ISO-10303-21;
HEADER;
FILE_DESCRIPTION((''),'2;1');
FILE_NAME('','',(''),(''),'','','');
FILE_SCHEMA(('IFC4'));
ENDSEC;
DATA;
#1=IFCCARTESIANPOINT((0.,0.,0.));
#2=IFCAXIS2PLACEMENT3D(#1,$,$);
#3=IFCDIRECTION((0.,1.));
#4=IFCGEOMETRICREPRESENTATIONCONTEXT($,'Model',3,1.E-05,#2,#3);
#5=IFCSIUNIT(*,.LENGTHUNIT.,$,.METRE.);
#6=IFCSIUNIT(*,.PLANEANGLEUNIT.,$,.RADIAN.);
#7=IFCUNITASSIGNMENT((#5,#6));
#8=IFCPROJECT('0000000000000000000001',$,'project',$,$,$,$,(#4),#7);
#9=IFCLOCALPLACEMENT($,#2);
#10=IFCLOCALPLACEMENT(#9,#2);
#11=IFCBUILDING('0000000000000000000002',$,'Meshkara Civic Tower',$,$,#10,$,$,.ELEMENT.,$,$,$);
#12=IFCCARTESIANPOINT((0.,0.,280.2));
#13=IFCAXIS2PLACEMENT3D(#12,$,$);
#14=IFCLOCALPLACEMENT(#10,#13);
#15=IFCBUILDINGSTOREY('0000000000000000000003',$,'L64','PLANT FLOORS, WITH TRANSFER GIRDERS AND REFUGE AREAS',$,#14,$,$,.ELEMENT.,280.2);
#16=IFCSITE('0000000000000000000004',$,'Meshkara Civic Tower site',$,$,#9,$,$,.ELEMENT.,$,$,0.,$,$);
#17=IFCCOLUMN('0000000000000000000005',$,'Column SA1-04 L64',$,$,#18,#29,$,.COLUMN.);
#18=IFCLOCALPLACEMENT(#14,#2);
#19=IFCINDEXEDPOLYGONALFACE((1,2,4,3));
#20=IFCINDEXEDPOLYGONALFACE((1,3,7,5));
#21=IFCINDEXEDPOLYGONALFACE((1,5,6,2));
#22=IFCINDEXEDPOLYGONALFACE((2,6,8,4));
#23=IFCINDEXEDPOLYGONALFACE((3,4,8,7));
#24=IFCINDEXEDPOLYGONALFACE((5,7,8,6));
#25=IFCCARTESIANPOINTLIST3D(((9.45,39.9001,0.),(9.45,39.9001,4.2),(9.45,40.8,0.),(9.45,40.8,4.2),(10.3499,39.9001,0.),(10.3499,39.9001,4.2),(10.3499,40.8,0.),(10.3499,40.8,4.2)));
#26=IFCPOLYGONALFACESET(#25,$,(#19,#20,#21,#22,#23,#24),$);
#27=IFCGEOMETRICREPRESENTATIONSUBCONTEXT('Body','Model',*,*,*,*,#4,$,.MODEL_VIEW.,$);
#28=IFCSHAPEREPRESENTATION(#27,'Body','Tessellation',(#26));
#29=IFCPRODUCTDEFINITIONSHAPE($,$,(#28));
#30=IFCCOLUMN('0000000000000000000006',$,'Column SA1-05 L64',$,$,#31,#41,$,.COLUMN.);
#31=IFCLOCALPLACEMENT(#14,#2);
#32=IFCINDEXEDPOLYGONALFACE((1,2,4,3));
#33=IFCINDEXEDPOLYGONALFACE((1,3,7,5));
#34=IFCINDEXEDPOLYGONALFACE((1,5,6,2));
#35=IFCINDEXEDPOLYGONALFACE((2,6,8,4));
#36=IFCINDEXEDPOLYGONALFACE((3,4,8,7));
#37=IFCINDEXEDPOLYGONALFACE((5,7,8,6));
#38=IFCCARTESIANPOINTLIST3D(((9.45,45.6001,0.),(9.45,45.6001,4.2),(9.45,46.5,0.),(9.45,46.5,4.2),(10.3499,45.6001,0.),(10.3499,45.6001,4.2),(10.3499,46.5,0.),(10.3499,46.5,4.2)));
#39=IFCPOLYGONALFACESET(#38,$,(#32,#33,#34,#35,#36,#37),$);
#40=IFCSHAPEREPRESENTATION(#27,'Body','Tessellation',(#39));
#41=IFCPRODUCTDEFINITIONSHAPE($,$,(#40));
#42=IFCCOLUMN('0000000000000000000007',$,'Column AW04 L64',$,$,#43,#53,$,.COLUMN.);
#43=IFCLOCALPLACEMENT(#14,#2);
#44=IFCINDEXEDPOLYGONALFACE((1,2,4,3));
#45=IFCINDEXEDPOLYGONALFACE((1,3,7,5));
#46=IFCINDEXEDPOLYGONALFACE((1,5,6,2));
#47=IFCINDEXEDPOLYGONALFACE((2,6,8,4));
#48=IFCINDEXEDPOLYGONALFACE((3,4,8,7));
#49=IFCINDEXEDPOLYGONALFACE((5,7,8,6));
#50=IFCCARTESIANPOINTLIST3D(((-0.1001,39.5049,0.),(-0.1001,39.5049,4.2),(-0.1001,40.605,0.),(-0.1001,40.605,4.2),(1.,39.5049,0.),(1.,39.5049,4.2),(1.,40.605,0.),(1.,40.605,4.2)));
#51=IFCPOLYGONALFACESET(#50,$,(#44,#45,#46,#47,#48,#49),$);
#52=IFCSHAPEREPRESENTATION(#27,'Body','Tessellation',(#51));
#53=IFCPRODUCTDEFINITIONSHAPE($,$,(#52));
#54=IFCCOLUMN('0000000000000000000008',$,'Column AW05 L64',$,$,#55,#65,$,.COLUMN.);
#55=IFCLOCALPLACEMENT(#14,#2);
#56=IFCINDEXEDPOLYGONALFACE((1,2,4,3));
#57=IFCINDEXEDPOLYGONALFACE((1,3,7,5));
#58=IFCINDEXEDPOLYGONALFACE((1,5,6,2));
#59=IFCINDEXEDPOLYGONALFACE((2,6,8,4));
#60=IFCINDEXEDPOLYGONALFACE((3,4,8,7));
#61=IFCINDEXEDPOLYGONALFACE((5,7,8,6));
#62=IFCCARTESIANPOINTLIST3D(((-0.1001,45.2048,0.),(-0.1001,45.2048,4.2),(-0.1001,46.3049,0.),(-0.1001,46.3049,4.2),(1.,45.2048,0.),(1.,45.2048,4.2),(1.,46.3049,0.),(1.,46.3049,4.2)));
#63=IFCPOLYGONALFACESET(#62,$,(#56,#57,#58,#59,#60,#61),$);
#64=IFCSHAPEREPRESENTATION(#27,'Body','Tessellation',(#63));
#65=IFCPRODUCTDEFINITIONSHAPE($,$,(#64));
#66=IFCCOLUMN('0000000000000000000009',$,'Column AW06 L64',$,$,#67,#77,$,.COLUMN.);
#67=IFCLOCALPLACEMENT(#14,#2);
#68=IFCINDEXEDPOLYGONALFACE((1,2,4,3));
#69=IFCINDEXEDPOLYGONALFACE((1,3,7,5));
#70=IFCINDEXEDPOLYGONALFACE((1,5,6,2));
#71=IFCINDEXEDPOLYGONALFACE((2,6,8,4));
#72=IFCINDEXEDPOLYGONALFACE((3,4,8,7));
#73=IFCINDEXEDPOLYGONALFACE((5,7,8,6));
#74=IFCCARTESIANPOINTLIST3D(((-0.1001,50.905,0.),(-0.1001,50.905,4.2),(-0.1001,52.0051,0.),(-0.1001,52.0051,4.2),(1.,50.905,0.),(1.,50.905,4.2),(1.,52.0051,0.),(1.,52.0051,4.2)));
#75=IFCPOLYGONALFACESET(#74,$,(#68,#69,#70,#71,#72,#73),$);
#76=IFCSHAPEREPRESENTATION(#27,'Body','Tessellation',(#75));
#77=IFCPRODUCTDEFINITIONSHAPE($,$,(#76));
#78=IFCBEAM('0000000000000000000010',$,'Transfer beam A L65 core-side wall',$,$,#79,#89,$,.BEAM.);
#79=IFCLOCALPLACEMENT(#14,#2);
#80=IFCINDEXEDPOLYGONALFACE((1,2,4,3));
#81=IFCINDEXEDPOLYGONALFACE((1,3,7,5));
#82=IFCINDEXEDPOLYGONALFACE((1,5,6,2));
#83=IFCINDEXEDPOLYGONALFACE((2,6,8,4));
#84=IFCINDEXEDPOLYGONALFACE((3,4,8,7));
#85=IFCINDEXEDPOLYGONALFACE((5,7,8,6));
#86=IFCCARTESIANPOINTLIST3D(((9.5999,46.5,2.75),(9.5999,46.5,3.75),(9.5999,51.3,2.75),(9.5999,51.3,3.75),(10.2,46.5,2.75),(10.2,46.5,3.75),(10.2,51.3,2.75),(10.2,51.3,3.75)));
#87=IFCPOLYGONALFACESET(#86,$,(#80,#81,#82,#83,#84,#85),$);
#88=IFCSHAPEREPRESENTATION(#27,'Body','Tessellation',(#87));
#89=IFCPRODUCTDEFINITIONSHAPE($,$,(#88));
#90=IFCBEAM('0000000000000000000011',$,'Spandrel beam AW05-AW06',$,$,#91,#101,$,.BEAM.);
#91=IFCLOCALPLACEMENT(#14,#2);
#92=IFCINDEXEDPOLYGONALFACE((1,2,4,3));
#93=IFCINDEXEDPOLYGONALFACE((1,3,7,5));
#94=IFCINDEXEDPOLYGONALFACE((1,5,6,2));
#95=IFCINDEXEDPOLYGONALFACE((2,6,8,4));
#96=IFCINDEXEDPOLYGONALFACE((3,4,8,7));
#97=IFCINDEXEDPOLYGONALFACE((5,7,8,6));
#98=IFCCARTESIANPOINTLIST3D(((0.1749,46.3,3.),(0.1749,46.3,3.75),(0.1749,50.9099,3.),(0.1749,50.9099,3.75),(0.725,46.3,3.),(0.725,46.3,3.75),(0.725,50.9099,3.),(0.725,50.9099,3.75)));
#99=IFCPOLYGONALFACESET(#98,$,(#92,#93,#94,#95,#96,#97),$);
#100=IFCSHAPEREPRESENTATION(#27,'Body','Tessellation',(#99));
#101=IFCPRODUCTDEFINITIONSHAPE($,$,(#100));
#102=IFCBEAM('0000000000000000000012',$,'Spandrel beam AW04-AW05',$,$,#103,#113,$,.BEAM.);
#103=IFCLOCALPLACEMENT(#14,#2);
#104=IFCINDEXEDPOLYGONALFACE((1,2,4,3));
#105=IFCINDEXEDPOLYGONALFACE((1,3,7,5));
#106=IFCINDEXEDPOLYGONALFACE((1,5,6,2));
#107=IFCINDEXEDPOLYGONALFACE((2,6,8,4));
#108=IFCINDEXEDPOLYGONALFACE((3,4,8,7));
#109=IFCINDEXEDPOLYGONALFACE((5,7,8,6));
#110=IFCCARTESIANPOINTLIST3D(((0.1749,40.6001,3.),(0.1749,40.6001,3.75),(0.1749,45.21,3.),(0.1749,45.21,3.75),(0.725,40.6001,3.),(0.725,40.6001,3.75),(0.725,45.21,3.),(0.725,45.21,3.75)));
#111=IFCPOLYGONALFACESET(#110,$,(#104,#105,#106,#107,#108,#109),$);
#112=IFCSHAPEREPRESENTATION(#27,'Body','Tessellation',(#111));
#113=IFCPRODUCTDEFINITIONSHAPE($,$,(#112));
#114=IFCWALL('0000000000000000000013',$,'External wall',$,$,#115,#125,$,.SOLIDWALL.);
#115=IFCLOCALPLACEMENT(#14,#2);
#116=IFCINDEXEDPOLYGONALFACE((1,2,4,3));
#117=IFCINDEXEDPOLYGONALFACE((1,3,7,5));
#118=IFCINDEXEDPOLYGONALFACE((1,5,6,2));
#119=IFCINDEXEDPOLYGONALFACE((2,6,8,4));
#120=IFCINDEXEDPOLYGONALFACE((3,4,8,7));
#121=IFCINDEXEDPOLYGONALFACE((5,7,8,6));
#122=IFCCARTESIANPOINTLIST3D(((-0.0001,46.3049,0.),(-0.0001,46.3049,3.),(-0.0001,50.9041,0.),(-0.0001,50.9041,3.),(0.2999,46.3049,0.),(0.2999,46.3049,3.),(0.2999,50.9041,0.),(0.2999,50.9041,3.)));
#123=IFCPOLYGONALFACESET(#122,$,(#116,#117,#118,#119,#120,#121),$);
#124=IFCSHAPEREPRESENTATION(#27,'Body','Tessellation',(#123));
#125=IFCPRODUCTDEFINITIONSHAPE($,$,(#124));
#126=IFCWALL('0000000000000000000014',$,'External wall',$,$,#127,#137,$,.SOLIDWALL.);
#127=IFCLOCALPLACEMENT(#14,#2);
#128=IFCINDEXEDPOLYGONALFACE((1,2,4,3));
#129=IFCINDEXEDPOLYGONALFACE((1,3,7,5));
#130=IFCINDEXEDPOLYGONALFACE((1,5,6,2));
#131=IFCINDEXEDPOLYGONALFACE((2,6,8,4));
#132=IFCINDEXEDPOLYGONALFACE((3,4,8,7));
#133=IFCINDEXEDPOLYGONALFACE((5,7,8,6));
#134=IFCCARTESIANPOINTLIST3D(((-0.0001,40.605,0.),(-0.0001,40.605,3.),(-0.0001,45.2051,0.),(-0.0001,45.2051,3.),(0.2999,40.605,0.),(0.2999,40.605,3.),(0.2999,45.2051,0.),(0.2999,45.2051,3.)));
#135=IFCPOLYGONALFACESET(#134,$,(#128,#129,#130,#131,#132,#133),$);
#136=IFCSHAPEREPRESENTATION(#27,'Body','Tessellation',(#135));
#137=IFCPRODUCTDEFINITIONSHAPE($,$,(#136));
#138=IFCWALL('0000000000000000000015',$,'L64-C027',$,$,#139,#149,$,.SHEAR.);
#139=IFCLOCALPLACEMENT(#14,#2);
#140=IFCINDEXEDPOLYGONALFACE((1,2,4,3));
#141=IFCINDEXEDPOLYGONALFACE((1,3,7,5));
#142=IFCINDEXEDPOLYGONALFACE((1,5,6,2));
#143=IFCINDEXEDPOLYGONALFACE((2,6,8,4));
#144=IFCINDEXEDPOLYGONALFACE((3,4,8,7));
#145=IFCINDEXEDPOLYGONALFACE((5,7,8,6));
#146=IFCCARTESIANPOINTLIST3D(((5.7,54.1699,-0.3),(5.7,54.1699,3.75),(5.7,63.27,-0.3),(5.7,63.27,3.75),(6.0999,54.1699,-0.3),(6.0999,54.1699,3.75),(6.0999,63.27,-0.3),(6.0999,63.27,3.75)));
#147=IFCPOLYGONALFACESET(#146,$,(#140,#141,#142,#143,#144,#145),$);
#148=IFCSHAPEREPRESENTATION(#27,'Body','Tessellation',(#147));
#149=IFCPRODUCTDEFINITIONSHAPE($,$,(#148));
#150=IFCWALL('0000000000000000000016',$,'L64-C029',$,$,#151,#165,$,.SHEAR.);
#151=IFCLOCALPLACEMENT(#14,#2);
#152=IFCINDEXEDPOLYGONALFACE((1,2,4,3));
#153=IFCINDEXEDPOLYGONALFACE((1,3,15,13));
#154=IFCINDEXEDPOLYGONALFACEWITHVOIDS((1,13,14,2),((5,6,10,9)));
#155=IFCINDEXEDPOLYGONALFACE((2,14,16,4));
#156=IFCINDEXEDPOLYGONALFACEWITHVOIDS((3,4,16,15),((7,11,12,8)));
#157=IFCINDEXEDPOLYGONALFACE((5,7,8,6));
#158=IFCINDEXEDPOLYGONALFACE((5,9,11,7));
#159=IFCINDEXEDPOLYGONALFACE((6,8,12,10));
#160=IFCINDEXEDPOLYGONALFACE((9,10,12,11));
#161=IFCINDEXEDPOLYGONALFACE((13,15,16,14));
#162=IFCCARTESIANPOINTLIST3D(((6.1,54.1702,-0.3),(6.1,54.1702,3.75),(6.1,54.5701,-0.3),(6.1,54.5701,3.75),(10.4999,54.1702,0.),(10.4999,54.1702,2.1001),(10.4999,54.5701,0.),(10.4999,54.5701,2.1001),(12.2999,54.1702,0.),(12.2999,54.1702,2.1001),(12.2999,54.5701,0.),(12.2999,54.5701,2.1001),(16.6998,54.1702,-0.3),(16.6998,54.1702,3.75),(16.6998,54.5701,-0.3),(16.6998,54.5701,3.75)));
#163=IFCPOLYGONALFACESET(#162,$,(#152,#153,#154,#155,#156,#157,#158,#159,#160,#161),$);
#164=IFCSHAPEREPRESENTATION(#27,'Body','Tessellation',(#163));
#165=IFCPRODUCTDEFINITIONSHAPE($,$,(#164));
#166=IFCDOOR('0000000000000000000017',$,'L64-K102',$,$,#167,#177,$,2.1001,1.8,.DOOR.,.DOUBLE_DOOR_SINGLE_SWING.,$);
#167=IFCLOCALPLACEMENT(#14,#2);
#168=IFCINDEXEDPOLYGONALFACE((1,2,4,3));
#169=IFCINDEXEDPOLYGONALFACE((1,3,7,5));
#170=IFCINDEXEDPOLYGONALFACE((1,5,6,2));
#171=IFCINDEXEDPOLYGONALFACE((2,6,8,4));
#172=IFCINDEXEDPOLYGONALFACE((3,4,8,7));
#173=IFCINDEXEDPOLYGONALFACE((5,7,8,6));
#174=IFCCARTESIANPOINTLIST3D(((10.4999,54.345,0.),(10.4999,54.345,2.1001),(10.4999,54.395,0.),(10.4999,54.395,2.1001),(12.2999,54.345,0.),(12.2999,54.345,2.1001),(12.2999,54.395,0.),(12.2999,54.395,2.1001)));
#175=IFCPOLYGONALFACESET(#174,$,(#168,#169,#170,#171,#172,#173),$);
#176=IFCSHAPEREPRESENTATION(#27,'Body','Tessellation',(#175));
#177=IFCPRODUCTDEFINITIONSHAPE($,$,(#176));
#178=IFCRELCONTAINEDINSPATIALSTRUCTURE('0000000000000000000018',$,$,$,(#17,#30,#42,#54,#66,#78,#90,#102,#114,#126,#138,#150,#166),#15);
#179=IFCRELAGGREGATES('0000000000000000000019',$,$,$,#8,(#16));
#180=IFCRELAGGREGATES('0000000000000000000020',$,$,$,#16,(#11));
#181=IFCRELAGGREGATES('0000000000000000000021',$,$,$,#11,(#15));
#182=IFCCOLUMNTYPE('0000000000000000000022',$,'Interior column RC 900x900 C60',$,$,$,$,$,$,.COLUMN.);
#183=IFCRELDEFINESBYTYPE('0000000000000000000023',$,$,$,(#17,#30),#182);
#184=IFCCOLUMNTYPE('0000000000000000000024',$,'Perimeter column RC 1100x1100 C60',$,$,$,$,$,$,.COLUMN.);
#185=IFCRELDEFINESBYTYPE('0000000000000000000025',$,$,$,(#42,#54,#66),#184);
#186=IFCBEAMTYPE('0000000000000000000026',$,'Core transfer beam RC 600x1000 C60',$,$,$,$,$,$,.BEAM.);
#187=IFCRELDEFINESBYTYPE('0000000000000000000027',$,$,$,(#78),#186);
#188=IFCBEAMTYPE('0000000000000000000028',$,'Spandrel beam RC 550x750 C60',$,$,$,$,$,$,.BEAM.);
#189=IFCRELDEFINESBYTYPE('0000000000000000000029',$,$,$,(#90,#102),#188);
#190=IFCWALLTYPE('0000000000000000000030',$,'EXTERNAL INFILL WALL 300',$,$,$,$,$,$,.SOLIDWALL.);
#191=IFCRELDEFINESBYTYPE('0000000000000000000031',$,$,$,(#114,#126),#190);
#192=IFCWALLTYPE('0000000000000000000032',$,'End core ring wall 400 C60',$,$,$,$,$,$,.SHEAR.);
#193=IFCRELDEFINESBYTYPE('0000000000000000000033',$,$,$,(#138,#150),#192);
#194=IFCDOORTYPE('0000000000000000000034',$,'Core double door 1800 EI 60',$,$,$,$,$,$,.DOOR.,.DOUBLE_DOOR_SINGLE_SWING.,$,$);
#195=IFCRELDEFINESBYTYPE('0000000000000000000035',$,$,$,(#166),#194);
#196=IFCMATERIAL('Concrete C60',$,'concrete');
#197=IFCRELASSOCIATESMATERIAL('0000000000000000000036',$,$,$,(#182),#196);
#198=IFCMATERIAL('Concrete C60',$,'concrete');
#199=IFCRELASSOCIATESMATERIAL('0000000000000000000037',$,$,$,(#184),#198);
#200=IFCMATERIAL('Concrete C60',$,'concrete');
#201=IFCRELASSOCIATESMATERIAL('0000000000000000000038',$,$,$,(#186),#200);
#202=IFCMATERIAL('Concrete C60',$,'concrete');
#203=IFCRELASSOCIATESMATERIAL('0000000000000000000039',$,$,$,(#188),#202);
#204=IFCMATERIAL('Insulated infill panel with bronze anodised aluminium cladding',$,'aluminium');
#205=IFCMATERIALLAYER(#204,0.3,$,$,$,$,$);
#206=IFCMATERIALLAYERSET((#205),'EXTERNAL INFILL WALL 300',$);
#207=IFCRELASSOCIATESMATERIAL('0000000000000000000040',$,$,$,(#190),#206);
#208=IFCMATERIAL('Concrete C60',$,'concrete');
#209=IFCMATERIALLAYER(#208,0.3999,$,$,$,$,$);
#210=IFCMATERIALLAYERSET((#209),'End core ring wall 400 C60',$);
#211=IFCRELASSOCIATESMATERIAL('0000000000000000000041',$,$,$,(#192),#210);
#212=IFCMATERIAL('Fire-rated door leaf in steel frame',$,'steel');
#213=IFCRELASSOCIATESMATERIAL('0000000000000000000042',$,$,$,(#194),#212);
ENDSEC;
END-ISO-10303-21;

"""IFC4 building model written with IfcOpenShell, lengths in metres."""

from ifc_helpers import new_model, si_unit, direction, frame, frame_2d, origin, origin_2d, place, context, subcontext, project, spatial, rectangle, extrude, material, layer, layer_set, material_profile, profile_set, type_object, element, fill, save


model = new_model("IFC4")

# Units and contexts
model_context = context("Model", 3, precision=1e-05, world=origin(), true_north=direction((0.0, 1.0)))
body_context = subcontext(model_context, "Body", "Model", "MODEL_VIEW")
ifc_project = project(units=[si_unit("LENGTHUNIT", "METRE"), si_unit("PLANEANGLEUNIT", "RADIAN")], contexts=[model_context])

# Site, building, storey
site_placement = place(None, origin())
site = spatial("IfcSite", under=ifc_project, at=site_placement, Name="Meshkara Civic Tower site", CompositionType="ELEMENT", RefElevation=0.0)
building_placement = place(site_placement, origin())
building = spatial("IfcBuilding", under=site, at=building_placement, Name="Meshkara Civic Tower", CompositionType="ELEMENT")
storey_placement = place(building_placement, frame((0.0, 0.0, 280.2)))
storey = spatial("IfcBuildingStorey", under=building, at=storey_placement, Name="L64", Description="PLANT FLOORS, WITH TRANSFER GIRDERS AND REFUGE AREAS", CompositionType="ELEMENT", Elevation=280.2)

# Columns
ifc_material_1 = material(Name="Concrete C60", Category="concrete")
ifc_material_profile_1 = material_profile(ifc_material_1, rectangle(XDim=0.8999, YDim=0.8999, at=origin_2d()))
ifc_profile_set_1 = profile_set([ifc_material_profile_1], Name="Concrete C60")
column_type_1 = type_object("IfcColumnType", Name="Interior column RC 900x900 C60", PredefinedType="COLUMN", material=ifc_profile_set_1)
for number, where, z_axis, x_axis, name in (
    (1, (9.8999, 40.3501, 0.0), (0.0, 0.0, 1.0), (1.0, 0.0, 0.0), "Column SA1-04 L64"),
    (2, (9.8999, 46.05, 0.0), (0.0, 0.0, 1.0), (1.0, 0.0, 0.0), "Column SA1-05 L64"),
):
    element("IfcColumn", number, at=place(storey_placement, frame(where, z_axis=z_axis, x_axis=x_axis)), inside=storey, type_object=column_type_1, Name=name, PredefinedType="COLUMN", context=body_context, shape_type="SweptSolid", body=[
        extrude(rectangle(XDim=0.8999, YDim=0.8999, at=origin_2d()), origin(), (0.0, 0.0, 1.0), 4.2),
    ])
ifc_material_2 = material(Name="Concrete C60", Category="concrete")
ifc_material_profile_2 = material_profile(ifc_material_2, rectangle(XDim=1.1001, YDim=1.1001, at=origin_2d()))
ifc_profile_set_2 = profile_set([ifc_material_profile_2], Name="Concrete C60")
column_type_2 = type_object("IfcColumnType", Name="Perimeter column RC 1100x1100 C60", PredefinedType="COLUMN", material=ifc_profile_set_2)
for number, where, z_axis, x_axis, name in (
    (3, (0.45, 40.0549, 0.0), (0.0, 0.0, 1.0), (1.0, 0.0, 0.0), "Column AW04 L64"),
    (4, (0.45, 45.7549, 0.0), (0.0, 0.0, 1.0), (1.0, 0.0, 0.0), "Column AW05 L64"),
    (5, (0.45, 51.4551, 0.0), (0.0, 0.0, 1.0), (1.0, 0.0, 0.0), "Column AW06 L64"),
):
    element("IfcColumn", number, at=place(storey_placement, frame(where, z_axis=z_axis, x_axis=x_axis)), inside=storey, type_object=column_type_2, Name=name, PredefinedType="COLUMN", context=body_context, shape_type="SweptSolid", body=[
        extrude(rectangle(XDim=1.1001, YDim=1.1001, at=origin_2d()), origin(), (0.0, 0.0, 1.0), 4.2),
    ])

# Beams
ifc_material_3 = material(Name="Concrete C60", Category="concrete")
ifc_material_profile_3 = material_profile(ifc_material_3, rectangle(XDim=0.6001, YDim=1.0, at=origin_2d()))
ifc_profile_set_3 = profile_set([ifc_material_profile_3], Name="Concrete C60")
beam_type_1 = type_object("IfcBeamType", Name="Core transfer beam RC 600x1000 C60", PredefinedType="BEAM", material=ifc_profile_set_3)
beam_placement = place(storey_placement, frame((9.8999, 46.5, 3.25), z_axis=(0.0, 1.0, 0.0), x_axis=(-1.0, 0.0, 0.0)))
element("IfcBeam", 6, at=beam_placement, inside=storey, type_object=beam_type_1, Name="Transfer beam A L65 core-side wall", PredefinedType="BEAM", context=body_context, shape_type="SweptSolid", body=[
    extrude(rectangle(XDim=0.6001, YDim=1.0, at=origin_2d()), origin(), (0.0, 0.0, 1.0), 4.8),
])
ifc_material_4 = material(Name="Concrete C60", Category="concrete")
ifc_material_profile_4 = material_profile(ifc_material_4, rectangle(XDim=0.55, YDim=0.75, at=origin_2d()))
ifc_profile_set_4 = profile_set([ifc_material_profile_4], Name="Concrete C60")
beam_type_2 = type_object("IfcBeamType", Name="Spandrel beam RC 550x750 C60", PredefinedType="BEAM", material=ifc_profile_set_4)
for number, where, z_axis, x_axis, name in (
    (7, (0.45, 50.9099, 3.375), (0.0, -1.0, 0.0), (1.0, 0.0, 0.0), "Spandrel beam AW05-AW06"),
    (8, (0.45, 45.21, 3.375), (0.0, -1.0, 0.0), (1.0, 0.0, 0.0), "Spandrel beam AW04-AW05"),
):
    element("IfcBeam", number, at=place(storey_placement, frame(where, z_axis=z_axis, x_axis=x_axis)), inside=storey, type_object=beam_type_2, Name=name, PredefinedType="BEAM", context=body_context, shape_type="SweptSolid", body=[
        extrude(rectangle(XDim=0.55, YDim=0.75, at=origin_2d()), origin(), (0.0, 0.0, 1.0), 4.6099),
    ])

# Walls
ifc_material_5 = material(Name="Insulated infill panel with bronze anodised aluminium cladding", Category="aluminium")
ifc_layer_1 = layer(ifc_material_5, 0.3)
ifc_layer_set_1 = layer_set([ifc_layer_1], Name="EXTERNAL INFILL WALL 300")
wall_type_1 = type_object("IfcWallType", Name="EXTERNAL INFILL WALL 300", PredefinedType="SOLIDWALL", material=ifc_layer_set_1)
wall_1_placement = place(storey_placement, frame((0.1499, 50.9041, 0.0), z_axis=(0.0, 0.0, 1.0), x_axis=(0.0, -1.0, 0.0)))
element("IfcWall", 9, at=wall_1_placement, inside=storey, type_object=wall_type_1, Name="External wall", PredefinedType="SOLIDWALL", context=body_context, shape_type="SweptSolid", body=[
    extrude(rectangle(XDim=4.5991, YDim=0.3, at=frame_2d((2.2996, 0.0))), origin(), (0.0, 0.0, 1.0), 3.0),
])
wall_2_placement = place(storey_placement, frame((0.1499, 45.2051, 0.0), z_axis=(0.0, 0.0, 1.0), x_axis=(0.0, -1.0, 0.0)))
element("IfcWall", 10, at=wall_2_placement, inside=storey, type_object=wall_type_1, Name="External wall", PredefinedType="SOLIDWALL", context=body_context, shape_type="SweptSolid", body=[
    extrude(rectangle(XDim=4.6001, YDim=0.3, at=frame_2d((2.3, 0.0))), origin(), (0.0, 0.0, 1.0), 3.0),
])
ifc_material_6 = material(Name="Concrete C60", Category="concrete")
ifc_layer_2 = layer(ifc_material_6, 0.3999)
ifc_layer_set_2 = layer_set([ifc_layer_2], Name="End core ring wall 400 C60")
wall_type_2 = type_object("IfcWallType", Name="End core ring wall 400 C60", PredefinedType="SHEAR", material=ifc_layer_set_2)
wall_3_placement = place(storey_placement, frame((5.8999, 54.1699, -0.3), z_axis=(0.0, 0.0, 1.0), x_axis=(0.0, 1.0, 0.0)))
element("IfcWall", 11, at=wall_3_placement, inside=storey, type_object=wall_type_2, Name="L64-C027", PredefinedType="SHEAR", context=body_context, shape_type="SweptSolid", body=[
    extrude(rectangle(XDim=9.1001, YDim=0.3999, at=frame_2d((4.55, 0.0))), origin(), (0.0, 0.0, 1.0), 4.05),
])

# Wall, opening, door
wall_4_placement = place(storey_placement, frame((6.1001, 54.3701, -0.3), z_axis=(0.0, 0.0, 1.0), x_axis=(1.0, 0.0, 0.0)))
wall_4 = element("IfcWall", 12, at=wall_4_placement, inside=storey, type_object=wall_type_2, Name="L64-C029", PredefinedType="SHEAR", context=body_context, shape_type="SweptSolid", body=[
    extrude(rectangle(XDim=10.5999, YDim=0.3999, at=frame_2d((5.2998, 0.0))), origin(), (0.0, 0.0, 1.0), 4.05),
])
opening_1_placement = place(wall_4_placement, frame((4.3999, 0.0, 0.3)))
opening_1 = element("IfcOpeningElement", 13, at=opening_1_placement, cuts=wall_4, PredefinedType="OPENING", context=body_context, shape_type="SweptSolid", body=[
    extrude(rectangle(XDim=1.8, YDim=2.1001, at=frame_2d((0.8999, 1.05))), frame((0.0, 0.21, 0.0), z_axis=(0.0, -1.0, 0.0), x_axis=(1.0, 0.0, 0.0)), (0.0, 0.0, 1.0), 0.4199),
])
ifc_material_7 = material(Name="Fire-rated door leaf in steel frame", Category="steel")
door_type_1 = type_object("IfcDoorType", Name="Core double door 1800 EI 60", OperationType="DOUBLE_DOOR_SINGLE_SWING", PredefinedType="DOOR", material=ifc_material_7)
door_1_placement = place(opening_1_placement, origin())
door_1 = element("IfcDoor", 14, at=door_1_placement, inside=storey, type_object=door_type_1, Name="L64-K102", OperationType="DOUBLE_DOOR_SINGLE_SWING", OverallHeight=2.1001, OverallWidth=1.8, PredefinedType="DOOR", context=body_context, shape_type="SweptSolid", body=[
    extrude(rectangle(XDim=1.8, YDim=2.1001, at=frame_2d((0.8999, 1.05))), frame((0.0, 0.0249, 0.0), z_axis=(0.0, -1.0, 0.0), x_axis=(1.0, 0.0, 0.0)), (0.0, 0.0, 1.0), 0.05),
])
fill(opening_1, door_1)

save(model, "model.ifc")
